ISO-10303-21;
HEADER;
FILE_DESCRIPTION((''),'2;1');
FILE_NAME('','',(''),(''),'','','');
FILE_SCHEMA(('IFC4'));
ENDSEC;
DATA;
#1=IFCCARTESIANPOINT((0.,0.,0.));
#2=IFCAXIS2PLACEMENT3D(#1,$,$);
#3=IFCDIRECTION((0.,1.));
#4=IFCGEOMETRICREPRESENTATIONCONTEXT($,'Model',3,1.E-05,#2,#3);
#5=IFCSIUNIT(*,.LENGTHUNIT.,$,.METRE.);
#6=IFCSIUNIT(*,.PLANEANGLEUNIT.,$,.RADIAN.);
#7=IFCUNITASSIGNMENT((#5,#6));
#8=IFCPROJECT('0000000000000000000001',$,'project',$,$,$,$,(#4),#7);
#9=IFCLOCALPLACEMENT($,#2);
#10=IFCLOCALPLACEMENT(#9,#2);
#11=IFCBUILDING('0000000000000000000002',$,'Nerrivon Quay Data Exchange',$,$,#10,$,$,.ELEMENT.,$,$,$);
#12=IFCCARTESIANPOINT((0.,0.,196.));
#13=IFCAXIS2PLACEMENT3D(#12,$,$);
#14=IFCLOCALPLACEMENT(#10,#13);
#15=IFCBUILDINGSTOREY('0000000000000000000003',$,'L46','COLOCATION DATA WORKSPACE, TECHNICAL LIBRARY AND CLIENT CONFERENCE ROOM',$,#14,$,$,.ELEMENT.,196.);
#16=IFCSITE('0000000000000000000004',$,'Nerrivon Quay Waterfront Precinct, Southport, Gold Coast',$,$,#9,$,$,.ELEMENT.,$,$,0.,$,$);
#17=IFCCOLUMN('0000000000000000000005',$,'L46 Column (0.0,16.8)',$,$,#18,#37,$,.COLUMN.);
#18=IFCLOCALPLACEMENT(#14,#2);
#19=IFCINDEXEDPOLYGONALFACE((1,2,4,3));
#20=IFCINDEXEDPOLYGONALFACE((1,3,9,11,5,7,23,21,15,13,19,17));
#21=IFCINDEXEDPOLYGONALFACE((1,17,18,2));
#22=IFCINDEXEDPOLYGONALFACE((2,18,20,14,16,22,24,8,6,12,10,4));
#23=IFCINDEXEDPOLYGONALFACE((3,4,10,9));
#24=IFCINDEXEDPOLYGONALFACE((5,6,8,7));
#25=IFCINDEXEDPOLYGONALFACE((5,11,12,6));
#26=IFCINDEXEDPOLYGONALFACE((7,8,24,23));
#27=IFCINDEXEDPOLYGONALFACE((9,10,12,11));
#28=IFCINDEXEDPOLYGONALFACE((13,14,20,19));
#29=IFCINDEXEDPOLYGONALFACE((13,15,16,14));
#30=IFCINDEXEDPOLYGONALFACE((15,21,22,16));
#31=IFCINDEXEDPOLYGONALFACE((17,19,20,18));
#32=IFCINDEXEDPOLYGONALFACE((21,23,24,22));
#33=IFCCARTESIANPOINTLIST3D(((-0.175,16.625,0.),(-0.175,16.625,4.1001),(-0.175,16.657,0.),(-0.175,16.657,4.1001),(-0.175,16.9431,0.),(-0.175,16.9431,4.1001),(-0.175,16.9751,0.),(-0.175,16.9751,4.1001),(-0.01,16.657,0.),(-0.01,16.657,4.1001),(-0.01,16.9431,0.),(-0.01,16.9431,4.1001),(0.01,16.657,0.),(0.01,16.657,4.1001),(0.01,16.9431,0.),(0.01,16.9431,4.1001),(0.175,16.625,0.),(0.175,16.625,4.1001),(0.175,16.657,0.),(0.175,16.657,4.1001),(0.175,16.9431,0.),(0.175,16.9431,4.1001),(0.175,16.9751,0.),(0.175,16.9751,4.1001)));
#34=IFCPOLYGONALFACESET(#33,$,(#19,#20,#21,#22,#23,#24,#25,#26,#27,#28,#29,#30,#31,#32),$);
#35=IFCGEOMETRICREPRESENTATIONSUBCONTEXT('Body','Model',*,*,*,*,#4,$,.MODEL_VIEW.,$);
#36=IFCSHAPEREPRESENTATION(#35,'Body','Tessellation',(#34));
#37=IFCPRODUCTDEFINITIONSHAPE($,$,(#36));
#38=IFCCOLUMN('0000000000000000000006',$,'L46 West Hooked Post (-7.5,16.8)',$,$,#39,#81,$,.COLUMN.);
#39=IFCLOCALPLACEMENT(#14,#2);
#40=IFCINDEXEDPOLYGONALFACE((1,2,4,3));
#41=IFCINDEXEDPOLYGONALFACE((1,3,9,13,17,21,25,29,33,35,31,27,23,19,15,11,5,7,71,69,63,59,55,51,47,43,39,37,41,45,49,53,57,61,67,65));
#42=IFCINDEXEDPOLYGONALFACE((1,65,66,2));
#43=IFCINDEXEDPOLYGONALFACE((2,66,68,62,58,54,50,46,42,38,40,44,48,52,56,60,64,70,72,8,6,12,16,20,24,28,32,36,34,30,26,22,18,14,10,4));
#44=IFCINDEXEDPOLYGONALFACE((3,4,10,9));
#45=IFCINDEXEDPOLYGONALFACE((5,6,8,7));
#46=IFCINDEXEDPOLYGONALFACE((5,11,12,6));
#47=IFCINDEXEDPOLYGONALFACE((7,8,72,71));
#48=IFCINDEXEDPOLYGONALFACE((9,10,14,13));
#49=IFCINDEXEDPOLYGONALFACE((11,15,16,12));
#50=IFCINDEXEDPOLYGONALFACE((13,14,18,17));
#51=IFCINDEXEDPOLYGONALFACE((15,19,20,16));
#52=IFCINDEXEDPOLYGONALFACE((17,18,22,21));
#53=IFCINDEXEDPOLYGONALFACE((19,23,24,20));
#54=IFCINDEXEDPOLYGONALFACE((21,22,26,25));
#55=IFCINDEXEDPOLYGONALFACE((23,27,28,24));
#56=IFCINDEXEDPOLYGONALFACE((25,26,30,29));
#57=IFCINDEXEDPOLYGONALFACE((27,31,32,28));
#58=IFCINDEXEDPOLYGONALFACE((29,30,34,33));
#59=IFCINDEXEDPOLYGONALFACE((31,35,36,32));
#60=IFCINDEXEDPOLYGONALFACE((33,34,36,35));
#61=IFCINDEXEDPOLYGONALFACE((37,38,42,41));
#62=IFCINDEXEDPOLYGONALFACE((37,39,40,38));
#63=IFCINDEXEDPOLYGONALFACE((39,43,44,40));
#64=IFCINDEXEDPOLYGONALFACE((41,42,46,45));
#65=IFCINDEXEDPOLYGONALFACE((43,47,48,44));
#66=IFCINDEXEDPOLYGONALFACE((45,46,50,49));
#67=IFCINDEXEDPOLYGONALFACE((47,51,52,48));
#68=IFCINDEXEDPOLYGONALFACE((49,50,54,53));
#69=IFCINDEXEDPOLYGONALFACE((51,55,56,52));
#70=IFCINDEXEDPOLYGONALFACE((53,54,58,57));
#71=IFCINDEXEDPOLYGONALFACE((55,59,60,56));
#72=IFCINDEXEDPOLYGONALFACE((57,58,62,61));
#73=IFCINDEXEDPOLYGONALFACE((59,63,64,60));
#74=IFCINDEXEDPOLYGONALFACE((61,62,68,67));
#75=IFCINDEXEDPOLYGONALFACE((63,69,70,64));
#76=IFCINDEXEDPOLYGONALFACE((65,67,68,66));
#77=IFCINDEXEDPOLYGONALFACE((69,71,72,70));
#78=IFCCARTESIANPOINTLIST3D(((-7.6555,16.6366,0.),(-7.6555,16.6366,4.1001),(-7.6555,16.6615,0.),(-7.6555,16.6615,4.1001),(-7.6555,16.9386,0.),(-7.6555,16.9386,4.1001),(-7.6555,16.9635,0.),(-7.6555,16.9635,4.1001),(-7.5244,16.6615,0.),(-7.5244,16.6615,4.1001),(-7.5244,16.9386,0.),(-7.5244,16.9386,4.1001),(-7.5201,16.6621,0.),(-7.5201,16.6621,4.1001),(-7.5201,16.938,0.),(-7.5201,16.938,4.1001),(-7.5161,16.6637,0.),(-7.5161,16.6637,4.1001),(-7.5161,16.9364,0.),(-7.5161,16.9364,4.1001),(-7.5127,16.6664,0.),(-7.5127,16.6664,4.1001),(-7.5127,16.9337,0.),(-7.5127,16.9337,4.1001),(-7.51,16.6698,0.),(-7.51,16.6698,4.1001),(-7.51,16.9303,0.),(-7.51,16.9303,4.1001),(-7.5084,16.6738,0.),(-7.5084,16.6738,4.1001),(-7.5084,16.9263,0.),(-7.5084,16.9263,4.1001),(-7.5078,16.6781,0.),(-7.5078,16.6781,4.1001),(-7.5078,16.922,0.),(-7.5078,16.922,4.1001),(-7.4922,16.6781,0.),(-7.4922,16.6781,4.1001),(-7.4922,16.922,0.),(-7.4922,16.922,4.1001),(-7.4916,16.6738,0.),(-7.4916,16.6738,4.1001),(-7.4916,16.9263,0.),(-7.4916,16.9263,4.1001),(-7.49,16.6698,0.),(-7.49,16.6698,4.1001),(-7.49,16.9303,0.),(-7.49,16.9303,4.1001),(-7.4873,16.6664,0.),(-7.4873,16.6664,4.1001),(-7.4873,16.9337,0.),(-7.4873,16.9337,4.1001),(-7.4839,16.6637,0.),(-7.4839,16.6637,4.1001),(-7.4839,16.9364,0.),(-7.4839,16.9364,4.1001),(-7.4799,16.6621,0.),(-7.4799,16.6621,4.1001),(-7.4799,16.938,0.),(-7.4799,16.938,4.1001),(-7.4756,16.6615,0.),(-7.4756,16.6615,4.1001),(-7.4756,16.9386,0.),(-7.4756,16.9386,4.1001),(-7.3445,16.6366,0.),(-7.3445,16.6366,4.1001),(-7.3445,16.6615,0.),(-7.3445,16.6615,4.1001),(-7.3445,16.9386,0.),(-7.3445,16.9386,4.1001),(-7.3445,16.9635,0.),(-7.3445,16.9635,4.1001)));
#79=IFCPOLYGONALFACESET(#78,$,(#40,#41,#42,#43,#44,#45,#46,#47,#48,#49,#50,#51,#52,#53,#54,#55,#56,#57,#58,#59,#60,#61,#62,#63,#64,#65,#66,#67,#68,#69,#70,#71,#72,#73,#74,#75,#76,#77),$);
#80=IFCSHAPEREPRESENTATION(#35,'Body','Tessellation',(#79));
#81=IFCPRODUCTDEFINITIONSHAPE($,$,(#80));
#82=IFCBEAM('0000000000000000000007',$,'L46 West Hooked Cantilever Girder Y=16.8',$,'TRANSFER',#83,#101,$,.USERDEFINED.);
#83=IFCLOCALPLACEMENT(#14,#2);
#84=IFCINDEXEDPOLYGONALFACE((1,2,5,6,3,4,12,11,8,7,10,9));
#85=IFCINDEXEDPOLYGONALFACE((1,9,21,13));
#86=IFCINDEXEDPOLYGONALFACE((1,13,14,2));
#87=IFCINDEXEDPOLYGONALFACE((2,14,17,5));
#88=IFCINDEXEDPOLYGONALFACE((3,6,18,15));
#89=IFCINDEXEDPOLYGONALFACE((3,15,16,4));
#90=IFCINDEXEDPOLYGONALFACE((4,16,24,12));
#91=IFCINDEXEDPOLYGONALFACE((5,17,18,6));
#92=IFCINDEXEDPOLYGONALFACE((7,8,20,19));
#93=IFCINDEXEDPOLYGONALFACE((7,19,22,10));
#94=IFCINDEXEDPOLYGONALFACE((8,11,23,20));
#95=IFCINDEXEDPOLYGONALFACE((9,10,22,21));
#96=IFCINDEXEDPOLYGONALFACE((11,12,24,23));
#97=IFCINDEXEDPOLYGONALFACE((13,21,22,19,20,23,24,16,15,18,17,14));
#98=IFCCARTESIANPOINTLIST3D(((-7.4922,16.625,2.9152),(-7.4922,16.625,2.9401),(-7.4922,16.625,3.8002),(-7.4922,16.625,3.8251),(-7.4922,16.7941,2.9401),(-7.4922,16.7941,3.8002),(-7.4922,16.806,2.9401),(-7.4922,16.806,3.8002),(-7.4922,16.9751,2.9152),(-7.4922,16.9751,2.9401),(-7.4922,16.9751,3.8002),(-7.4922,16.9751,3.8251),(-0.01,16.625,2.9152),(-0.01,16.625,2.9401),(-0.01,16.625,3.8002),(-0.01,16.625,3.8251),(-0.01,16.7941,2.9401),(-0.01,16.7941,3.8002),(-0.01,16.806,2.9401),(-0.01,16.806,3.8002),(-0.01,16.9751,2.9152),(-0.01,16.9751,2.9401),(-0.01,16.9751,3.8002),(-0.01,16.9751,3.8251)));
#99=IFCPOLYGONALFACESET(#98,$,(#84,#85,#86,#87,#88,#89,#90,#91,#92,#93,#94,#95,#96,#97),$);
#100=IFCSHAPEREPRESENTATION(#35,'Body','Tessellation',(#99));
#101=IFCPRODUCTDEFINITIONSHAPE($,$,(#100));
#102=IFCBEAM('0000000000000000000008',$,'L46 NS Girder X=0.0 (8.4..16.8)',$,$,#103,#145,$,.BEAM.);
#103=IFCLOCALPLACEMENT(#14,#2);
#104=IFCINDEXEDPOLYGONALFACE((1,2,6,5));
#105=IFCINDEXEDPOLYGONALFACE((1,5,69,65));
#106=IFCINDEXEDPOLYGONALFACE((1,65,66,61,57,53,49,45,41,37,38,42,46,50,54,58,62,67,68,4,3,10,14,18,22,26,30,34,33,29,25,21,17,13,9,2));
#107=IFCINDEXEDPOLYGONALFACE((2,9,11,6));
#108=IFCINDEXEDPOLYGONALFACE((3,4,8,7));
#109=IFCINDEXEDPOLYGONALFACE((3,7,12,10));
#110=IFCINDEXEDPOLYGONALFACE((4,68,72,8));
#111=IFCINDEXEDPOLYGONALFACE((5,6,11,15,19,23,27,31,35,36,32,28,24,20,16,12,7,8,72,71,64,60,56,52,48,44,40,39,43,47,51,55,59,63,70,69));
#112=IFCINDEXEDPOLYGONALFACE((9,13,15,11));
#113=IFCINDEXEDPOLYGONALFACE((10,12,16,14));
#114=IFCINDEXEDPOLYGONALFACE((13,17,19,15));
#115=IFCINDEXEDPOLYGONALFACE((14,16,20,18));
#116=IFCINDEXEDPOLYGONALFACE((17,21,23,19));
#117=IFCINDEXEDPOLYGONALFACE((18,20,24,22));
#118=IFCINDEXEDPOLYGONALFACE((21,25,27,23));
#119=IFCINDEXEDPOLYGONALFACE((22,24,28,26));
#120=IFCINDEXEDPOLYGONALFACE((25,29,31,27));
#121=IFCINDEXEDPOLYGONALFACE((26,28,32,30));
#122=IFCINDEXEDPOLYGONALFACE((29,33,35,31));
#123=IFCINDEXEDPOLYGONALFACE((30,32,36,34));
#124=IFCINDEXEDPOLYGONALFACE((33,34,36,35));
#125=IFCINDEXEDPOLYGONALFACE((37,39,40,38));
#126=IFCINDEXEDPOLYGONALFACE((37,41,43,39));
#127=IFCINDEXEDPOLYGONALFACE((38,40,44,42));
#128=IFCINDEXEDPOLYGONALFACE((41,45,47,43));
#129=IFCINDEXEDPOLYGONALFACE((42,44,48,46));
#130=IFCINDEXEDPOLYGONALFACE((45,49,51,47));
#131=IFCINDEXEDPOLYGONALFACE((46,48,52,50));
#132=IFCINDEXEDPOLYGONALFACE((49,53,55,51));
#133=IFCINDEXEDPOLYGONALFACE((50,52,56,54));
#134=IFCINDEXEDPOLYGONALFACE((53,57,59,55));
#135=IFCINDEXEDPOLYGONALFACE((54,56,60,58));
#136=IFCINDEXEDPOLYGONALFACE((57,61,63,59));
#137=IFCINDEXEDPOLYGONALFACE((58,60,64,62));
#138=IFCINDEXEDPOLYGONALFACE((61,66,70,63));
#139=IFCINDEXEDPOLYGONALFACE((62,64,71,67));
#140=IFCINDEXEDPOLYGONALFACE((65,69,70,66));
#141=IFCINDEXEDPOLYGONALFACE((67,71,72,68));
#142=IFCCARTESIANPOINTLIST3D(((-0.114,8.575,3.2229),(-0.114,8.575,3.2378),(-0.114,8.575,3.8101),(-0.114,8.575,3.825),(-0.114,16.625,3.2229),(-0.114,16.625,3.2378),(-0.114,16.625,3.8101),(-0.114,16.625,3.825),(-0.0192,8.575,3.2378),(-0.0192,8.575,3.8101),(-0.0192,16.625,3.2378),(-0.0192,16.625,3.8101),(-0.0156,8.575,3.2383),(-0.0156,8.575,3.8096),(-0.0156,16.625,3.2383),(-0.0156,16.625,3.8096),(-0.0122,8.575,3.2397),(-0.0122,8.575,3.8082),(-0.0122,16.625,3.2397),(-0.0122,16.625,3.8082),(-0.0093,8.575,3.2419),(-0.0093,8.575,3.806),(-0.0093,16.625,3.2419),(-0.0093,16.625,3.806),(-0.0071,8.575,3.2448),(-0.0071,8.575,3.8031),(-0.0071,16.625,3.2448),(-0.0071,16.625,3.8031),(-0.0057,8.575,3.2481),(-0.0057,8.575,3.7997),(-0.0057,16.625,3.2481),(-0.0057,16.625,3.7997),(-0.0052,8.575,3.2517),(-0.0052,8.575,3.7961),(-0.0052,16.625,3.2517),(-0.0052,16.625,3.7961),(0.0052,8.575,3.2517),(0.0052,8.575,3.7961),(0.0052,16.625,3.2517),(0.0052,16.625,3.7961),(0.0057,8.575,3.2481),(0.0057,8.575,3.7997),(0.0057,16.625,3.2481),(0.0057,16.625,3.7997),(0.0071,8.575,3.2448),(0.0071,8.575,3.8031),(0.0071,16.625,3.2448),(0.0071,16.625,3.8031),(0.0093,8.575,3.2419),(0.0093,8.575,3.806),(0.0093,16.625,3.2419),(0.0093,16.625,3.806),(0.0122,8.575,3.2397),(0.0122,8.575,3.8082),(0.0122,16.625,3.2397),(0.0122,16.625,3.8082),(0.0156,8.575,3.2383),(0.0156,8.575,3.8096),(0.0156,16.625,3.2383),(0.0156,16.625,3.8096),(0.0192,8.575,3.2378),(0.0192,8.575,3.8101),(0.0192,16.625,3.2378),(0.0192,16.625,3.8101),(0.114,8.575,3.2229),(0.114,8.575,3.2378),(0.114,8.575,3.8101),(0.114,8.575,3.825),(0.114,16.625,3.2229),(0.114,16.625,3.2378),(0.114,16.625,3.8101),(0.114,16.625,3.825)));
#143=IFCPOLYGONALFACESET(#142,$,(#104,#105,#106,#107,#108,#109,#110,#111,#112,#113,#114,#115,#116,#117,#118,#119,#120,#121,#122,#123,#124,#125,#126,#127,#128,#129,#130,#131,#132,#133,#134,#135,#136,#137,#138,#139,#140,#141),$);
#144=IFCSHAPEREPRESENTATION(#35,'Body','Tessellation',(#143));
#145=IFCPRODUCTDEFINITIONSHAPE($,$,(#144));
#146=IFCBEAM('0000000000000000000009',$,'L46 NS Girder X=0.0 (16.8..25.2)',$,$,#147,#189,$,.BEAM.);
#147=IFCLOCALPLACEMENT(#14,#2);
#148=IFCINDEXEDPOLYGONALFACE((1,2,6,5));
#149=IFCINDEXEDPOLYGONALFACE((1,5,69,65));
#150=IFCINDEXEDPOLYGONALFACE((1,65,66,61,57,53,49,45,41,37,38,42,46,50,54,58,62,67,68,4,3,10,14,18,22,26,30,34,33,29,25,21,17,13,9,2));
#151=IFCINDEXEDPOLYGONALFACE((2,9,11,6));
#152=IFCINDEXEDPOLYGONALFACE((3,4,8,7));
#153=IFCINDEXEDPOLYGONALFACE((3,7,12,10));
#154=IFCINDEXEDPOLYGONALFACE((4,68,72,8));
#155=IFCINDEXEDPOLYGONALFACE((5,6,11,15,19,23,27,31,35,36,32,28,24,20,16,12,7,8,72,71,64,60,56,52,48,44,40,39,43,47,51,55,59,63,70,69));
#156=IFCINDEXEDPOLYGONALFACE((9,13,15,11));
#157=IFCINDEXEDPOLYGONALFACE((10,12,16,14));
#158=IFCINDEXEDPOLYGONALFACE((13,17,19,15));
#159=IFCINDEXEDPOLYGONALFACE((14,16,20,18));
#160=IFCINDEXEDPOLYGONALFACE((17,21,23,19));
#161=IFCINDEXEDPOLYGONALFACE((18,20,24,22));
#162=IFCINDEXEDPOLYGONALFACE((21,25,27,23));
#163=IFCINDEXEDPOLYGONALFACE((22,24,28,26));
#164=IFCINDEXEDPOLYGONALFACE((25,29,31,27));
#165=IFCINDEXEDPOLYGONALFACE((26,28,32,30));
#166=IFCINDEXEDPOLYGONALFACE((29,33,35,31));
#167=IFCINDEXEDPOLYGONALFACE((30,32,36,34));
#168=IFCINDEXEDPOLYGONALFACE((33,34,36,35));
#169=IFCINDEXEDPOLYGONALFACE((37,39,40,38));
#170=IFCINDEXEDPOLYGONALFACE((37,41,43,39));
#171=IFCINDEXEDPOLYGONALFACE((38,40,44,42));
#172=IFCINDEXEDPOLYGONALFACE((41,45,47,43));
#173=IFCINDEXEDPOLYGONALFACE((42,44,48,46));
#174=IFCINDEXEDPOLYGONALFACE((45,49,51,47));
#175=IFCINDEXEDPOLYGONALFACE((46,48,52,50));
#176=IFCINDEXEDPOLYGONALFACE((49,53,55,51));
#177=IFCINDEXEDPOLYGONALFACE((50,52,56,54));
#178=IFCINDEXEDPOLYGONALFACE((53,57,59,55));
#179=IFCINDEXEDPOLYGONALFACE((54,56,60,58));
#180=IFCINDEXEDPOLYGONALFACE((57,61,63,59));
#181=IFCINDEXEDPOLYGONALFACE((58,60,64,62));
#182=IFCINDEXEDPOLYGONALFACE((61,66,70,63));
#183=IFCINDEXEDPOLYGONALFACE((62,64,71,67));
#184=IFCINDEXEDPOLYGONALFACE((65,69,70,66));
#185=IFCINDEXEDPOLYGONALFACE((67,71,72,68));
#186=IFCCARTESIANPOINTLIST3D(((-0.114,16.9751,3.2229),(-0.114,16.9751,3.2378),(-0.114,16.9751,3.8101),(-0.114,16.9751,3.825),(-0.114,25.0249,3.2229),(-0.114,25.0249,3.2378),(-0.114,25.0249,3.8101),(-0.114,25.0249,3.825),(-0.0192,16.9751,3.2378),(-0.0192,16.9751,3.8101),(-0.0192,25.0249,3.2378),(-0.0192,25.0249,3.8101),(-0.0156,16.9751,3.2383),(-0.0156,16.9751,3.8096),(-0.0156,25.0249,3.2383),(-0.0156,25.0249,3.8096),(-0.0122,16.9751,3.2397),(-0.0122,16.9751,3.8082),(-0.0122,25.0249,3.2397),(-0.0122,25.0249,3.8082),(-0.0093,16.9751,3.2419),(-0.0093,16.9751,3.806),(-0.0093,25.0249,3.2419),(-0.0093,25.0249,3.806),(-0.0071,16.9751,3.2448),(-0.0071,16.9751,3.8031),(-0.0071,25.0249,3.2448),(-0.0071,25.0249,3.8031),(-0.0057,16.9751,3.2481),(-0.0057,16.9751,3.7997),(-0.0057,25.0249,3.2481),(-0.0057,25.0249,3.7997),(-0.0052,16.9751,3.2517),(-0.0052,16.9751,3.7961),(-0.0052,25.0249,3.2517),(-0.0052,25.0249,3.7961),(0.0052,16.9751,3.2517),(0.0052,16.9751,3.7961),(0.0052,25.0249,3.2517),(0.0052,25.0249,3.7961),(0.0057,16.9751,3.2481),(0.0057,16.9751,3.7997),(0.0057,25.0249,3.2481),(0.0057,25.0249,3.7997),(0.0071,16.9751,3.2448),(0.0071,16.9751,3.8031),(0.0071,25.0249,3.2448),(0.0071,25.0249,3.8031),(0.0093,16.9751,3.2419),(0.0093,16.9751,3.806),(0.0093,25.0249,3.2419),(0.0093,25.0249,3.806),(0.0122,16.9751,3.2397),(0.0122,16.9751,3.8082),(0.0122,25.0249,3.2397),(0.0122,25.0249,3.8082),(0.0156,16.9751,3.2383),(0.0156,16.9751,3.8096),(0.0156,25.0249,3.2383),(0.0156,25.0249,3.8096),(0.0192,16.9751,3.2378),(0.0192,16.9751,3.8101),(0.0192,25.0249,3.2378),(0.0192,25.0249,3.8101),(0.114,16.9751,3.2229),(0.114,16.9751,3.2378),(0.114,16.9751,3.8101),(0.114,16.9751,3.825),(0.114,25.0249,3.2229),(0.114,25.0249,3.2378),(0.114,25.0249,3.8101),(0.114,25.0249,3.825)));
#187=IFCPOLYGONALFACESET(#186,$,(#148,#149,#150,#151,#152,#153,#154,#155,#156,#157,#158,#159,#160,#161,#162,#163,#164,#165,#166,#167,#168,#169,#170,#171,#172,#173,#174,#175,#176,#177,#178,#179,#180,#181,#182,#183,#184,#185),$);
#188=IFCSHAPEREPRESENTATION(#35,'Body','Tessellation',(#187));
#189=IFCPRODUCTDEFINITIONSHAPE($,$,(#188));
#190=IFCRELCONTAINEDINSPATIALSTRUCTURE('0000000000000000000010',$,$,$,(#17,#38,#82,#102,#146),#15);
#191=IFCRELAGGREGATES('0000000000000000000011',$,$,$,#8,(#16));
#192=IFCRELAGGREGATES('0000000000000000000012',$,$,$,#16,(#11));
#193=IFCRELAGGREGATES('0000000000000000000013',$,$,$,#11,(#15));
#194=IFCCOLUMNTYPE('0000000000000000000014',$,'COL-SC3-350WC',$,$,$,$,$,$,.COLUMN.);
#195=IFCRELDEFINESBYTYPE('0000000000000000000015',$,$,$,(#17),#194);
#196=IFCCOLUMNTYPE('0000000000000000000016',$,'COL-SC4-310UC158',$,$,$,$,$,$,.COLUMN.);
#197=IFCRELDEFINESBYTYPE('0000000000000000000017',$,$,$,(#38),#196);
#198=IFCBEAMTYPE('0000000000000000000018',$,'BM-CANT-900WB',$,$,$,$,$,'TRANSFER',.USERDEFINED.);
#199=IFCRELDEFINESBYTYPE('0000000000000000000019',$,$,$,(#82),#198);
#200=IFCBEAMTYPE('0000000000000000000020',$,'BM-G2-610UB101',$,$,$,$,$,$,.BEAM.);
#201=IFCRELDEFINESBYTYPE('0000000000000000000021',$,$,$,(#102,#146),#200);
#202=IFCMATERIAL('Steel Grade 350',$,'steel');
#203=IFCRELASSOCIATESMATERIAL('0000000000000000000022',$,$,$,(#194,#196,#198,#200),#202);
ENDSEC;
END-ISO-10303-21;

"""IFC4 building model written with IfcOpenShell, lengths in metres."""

from ifc_helpers import new_model, si_unit, direction, frame, origin, origin_2d, place, context, subcontext, project, spatial, i_section, extrude, material, material_profile, profile_set, type_object, element, save


model = new_model("IFC4")

# Units and contexts
model_context = context("Model", 3, precision=1e-05, world=origin(), true_north=direction((0.0, 1.0)))
body_context = subcontext(model_context, "Body", "Model", "MODEL_VIEW")
ifc_project = project(units=[si_unit("LENGTHUNIT", "METRE"), si_unit("PLANEANGLEUNIT", "RADIAN")], contexts=[model_context])

# Site, building, storey
site_placement = place(None, origin())
site = spatial("IfcSite", under=ifc_project, at=site_placement, Name="Nerrivon Quay Waterfront Precinct, Southport, Gold Coast", CompositionType="ELEMENT", RefElevation=0.0)
building_placement = place(site_placement, origin())
building = spatial("IfcBuilding", under=site, at=building_placement, Name="Nerrivon Quay Data Exchange", CompositionType="ELEMENT")
storey_placement = place(building_placement, frame((0.0, 0.0, 196.0)))
storey = spatial("IfcBuildingStorey", under=building, at=storey_placement, Name="L46", Description="COLOCATION DATA WORKSPACE, TECHNICAL LIBRARY AND CLIENT CONFERENCE ROOM", CompositionType="ELEMENT", Elevation=196.0)

# Columns
ifc_material_1 = material(Name="Steel Grade 350", Category="steel")
ifc_material_profile_1 = material_profile(ifc_material_1, i_section(OverallWidth=0.3501, OverallDepth=0.3501, WebThickness=0.02, FlangeThickness=0.032, at=origin_2d()), Name="350WC230")
ifc_profile_set_1 = profile_set([ifc_material_profile_1], Name="Steel Grade 350")
column_type_1 = type_object("IfcColumnType", Name="COL-SC3-350WC", PredefinedType="COLUMN", material=ifc_profile_set_1)
column_1_placement = place(storey_placement, frame((0.0, 16.8, 0.0), z_axis=(0.0, 0.0, 1.0), x_axis=(1.0, 0.0, 0.0)))
element("IfcColumn", 1, at=column_1_placement, inside=storey, type_object=column_type_1, Name="L46 Column (0.0,16.8)", PredefinedType="COLUMN", context=body_context, shape_type="SweptSolid", body=[
    extrude(i_section(OverallWidth=0.3501, OverallDepth=0.3501, WebThickness=0.02, FlangeThickness=0.032, at=origin_2d()), origin(), (0.0, 0.0, 1.0), 4.1001),
])
ifc_material_profile_2 = material_profile(ifc_material_1, i_section(OverallWidth=0.311, OverallDepth=0.3269, WebThickness=0.0156, FlangeThickness=0.0249, FilletRadius=0.0166, at=origin_2d()), Name="310UC158")
ifc_profile_set_2 = profile_set([ifc_material_profile_2], Name="Steel Grade 350")
column_type_2 = type_object("IfcColumnType", Name="COL-SC4-310UC158", PredefinedType="COLUMN", material=ifc_profile_set_2)
column_2_placement = place(storey_placement, frame((-7.5, 16.8, 0.0), z_axis=(0.0, 0.0, 1.0), x_axis=(1.0, 0.0, 0.0)))
element("IfcColumn", 2, at=column_2_placement, inside=storey, type_object=column_type_2, Name="L46 West Hooked Post (-7.5,16.8)", PredefinedType="COLUMN", context=body_context, shape_type="SweptSolid", body=[
    extrude(i_section(OverallWidth=0.311, OverallDepth=0.3269, WebThickness=0.0156, FlangeThickness=0.0249, FilletRadius=0.0166, at=origin_2d()), origin(), (0.0, 0.0, 1.0), 4.1001),
])

# Beams
ifc_material_profile_3 = material_profile(ifc_material_1, i_section(OverallWidth=0.3501, OverallDepth=0.9099, WebThickness=0.012, FlangeThickness=0.0249, at=origin_2d()), Name="900WB218")
ifc_profile_set_3 = profile_set([ifc_material_profile_3], Name="Steel Grade 350")
beam_type_1 = type_object("IfcBeamType", Name="BM-CANT-900WB", ElementType="TRANSFER", PredefinedType="USERDEFINED", material=ifc_profile_set_3)
beam_1_placement = place(storey_placement, frame((-0.01, 16.8, 3.3701), z_axis=(-1.0, 0.0, 0.0), x_axis=(0.0, -1.0, 0.0)))
element("IfcBeam", 3, at=beam_1_placement, inside=storey, type_object=beam_type_1, Name="L46 West Hooked Cantilever Girder Y=16.8", ObjectType="TRANSFER", PredefinedType="USERDEFINED", context=body_context, shape_type="SweptSolid", body=[
    extrude(i_section(OverallWidth=0.3501, OverallDepth=0.9099, WebThickness=0.012, FlangeThickness=0.0249, at=origin_2d()), origin(), (0.0, 0.0, 1.0), 7.4822),
])
ifc_material_profile_4 = material_profile(ifc_material_1, i_section(OverallWidth=0.228, OverallDepth=0.6021, WebThickness=0.0105, FlangeThickness=0.0149, FilletRadius=0.0139, at=origin_2d()), Name="610UB101")
ifc_profile_set_4 = profile_set([ifc_material_profile_4], Name="Steel Grade 350")
beam_type_2 = type_object("IfcBeamType", Name="BM-G2-610UB101", PredefinedType="BEAM", material=ifc_profile_set_4)
beam_2_placement = place(storey_placement, frame((0.0, 8.575, 3.5239), z_axis=(0.0, 1.0, 0.0), x_axis=(-1.0, 0.0, 0.0)))
element("IfcBeam", 4, at=beam_2_placement, inside=storey, type_object=beam_type_2, Name="L46 NS Girder X=0.0 (8.4..16.8)", PredefinedType="BEAM", context=body_context, shape_type="SweptSolid", body=[
    extrude(i_section(OverallWidth=0.228, OverallDepth=0.6021, WebThickness=0.0105, FlangeThickness=0.0149, FilletRadius=0.0139, at=origin_2d()), origin(), (0.0, 0.0, 1.0), 8.05),
])
beam_3_placement = place(storey_placement, frame((0.0, 16.9751, 3.5239), z_axis=(0.0, 1.0, 0.0), x_axis=(-1.0, 0.0, 0.0)))
element("IfcBeam", 5, at=beam_3_placement, inside=storey, type_object=beam_type_2, Name="L46 NS Girder X=0.0 (16.8..25.2)", PredefinedType="BEAM", context=body_context, shape_type="SweptSolid", body=[
    extrude(i_section(OverallWidth=0.228, OverallDepth=0.6021, WebThickness=0.0105, FlangeThickness=0.0149, FilletRadius=0.0139, at=origin_2d()), origin(), (0.0, 0.0, 1.0), 8.0498),
])

save(model, "model.ifc")
